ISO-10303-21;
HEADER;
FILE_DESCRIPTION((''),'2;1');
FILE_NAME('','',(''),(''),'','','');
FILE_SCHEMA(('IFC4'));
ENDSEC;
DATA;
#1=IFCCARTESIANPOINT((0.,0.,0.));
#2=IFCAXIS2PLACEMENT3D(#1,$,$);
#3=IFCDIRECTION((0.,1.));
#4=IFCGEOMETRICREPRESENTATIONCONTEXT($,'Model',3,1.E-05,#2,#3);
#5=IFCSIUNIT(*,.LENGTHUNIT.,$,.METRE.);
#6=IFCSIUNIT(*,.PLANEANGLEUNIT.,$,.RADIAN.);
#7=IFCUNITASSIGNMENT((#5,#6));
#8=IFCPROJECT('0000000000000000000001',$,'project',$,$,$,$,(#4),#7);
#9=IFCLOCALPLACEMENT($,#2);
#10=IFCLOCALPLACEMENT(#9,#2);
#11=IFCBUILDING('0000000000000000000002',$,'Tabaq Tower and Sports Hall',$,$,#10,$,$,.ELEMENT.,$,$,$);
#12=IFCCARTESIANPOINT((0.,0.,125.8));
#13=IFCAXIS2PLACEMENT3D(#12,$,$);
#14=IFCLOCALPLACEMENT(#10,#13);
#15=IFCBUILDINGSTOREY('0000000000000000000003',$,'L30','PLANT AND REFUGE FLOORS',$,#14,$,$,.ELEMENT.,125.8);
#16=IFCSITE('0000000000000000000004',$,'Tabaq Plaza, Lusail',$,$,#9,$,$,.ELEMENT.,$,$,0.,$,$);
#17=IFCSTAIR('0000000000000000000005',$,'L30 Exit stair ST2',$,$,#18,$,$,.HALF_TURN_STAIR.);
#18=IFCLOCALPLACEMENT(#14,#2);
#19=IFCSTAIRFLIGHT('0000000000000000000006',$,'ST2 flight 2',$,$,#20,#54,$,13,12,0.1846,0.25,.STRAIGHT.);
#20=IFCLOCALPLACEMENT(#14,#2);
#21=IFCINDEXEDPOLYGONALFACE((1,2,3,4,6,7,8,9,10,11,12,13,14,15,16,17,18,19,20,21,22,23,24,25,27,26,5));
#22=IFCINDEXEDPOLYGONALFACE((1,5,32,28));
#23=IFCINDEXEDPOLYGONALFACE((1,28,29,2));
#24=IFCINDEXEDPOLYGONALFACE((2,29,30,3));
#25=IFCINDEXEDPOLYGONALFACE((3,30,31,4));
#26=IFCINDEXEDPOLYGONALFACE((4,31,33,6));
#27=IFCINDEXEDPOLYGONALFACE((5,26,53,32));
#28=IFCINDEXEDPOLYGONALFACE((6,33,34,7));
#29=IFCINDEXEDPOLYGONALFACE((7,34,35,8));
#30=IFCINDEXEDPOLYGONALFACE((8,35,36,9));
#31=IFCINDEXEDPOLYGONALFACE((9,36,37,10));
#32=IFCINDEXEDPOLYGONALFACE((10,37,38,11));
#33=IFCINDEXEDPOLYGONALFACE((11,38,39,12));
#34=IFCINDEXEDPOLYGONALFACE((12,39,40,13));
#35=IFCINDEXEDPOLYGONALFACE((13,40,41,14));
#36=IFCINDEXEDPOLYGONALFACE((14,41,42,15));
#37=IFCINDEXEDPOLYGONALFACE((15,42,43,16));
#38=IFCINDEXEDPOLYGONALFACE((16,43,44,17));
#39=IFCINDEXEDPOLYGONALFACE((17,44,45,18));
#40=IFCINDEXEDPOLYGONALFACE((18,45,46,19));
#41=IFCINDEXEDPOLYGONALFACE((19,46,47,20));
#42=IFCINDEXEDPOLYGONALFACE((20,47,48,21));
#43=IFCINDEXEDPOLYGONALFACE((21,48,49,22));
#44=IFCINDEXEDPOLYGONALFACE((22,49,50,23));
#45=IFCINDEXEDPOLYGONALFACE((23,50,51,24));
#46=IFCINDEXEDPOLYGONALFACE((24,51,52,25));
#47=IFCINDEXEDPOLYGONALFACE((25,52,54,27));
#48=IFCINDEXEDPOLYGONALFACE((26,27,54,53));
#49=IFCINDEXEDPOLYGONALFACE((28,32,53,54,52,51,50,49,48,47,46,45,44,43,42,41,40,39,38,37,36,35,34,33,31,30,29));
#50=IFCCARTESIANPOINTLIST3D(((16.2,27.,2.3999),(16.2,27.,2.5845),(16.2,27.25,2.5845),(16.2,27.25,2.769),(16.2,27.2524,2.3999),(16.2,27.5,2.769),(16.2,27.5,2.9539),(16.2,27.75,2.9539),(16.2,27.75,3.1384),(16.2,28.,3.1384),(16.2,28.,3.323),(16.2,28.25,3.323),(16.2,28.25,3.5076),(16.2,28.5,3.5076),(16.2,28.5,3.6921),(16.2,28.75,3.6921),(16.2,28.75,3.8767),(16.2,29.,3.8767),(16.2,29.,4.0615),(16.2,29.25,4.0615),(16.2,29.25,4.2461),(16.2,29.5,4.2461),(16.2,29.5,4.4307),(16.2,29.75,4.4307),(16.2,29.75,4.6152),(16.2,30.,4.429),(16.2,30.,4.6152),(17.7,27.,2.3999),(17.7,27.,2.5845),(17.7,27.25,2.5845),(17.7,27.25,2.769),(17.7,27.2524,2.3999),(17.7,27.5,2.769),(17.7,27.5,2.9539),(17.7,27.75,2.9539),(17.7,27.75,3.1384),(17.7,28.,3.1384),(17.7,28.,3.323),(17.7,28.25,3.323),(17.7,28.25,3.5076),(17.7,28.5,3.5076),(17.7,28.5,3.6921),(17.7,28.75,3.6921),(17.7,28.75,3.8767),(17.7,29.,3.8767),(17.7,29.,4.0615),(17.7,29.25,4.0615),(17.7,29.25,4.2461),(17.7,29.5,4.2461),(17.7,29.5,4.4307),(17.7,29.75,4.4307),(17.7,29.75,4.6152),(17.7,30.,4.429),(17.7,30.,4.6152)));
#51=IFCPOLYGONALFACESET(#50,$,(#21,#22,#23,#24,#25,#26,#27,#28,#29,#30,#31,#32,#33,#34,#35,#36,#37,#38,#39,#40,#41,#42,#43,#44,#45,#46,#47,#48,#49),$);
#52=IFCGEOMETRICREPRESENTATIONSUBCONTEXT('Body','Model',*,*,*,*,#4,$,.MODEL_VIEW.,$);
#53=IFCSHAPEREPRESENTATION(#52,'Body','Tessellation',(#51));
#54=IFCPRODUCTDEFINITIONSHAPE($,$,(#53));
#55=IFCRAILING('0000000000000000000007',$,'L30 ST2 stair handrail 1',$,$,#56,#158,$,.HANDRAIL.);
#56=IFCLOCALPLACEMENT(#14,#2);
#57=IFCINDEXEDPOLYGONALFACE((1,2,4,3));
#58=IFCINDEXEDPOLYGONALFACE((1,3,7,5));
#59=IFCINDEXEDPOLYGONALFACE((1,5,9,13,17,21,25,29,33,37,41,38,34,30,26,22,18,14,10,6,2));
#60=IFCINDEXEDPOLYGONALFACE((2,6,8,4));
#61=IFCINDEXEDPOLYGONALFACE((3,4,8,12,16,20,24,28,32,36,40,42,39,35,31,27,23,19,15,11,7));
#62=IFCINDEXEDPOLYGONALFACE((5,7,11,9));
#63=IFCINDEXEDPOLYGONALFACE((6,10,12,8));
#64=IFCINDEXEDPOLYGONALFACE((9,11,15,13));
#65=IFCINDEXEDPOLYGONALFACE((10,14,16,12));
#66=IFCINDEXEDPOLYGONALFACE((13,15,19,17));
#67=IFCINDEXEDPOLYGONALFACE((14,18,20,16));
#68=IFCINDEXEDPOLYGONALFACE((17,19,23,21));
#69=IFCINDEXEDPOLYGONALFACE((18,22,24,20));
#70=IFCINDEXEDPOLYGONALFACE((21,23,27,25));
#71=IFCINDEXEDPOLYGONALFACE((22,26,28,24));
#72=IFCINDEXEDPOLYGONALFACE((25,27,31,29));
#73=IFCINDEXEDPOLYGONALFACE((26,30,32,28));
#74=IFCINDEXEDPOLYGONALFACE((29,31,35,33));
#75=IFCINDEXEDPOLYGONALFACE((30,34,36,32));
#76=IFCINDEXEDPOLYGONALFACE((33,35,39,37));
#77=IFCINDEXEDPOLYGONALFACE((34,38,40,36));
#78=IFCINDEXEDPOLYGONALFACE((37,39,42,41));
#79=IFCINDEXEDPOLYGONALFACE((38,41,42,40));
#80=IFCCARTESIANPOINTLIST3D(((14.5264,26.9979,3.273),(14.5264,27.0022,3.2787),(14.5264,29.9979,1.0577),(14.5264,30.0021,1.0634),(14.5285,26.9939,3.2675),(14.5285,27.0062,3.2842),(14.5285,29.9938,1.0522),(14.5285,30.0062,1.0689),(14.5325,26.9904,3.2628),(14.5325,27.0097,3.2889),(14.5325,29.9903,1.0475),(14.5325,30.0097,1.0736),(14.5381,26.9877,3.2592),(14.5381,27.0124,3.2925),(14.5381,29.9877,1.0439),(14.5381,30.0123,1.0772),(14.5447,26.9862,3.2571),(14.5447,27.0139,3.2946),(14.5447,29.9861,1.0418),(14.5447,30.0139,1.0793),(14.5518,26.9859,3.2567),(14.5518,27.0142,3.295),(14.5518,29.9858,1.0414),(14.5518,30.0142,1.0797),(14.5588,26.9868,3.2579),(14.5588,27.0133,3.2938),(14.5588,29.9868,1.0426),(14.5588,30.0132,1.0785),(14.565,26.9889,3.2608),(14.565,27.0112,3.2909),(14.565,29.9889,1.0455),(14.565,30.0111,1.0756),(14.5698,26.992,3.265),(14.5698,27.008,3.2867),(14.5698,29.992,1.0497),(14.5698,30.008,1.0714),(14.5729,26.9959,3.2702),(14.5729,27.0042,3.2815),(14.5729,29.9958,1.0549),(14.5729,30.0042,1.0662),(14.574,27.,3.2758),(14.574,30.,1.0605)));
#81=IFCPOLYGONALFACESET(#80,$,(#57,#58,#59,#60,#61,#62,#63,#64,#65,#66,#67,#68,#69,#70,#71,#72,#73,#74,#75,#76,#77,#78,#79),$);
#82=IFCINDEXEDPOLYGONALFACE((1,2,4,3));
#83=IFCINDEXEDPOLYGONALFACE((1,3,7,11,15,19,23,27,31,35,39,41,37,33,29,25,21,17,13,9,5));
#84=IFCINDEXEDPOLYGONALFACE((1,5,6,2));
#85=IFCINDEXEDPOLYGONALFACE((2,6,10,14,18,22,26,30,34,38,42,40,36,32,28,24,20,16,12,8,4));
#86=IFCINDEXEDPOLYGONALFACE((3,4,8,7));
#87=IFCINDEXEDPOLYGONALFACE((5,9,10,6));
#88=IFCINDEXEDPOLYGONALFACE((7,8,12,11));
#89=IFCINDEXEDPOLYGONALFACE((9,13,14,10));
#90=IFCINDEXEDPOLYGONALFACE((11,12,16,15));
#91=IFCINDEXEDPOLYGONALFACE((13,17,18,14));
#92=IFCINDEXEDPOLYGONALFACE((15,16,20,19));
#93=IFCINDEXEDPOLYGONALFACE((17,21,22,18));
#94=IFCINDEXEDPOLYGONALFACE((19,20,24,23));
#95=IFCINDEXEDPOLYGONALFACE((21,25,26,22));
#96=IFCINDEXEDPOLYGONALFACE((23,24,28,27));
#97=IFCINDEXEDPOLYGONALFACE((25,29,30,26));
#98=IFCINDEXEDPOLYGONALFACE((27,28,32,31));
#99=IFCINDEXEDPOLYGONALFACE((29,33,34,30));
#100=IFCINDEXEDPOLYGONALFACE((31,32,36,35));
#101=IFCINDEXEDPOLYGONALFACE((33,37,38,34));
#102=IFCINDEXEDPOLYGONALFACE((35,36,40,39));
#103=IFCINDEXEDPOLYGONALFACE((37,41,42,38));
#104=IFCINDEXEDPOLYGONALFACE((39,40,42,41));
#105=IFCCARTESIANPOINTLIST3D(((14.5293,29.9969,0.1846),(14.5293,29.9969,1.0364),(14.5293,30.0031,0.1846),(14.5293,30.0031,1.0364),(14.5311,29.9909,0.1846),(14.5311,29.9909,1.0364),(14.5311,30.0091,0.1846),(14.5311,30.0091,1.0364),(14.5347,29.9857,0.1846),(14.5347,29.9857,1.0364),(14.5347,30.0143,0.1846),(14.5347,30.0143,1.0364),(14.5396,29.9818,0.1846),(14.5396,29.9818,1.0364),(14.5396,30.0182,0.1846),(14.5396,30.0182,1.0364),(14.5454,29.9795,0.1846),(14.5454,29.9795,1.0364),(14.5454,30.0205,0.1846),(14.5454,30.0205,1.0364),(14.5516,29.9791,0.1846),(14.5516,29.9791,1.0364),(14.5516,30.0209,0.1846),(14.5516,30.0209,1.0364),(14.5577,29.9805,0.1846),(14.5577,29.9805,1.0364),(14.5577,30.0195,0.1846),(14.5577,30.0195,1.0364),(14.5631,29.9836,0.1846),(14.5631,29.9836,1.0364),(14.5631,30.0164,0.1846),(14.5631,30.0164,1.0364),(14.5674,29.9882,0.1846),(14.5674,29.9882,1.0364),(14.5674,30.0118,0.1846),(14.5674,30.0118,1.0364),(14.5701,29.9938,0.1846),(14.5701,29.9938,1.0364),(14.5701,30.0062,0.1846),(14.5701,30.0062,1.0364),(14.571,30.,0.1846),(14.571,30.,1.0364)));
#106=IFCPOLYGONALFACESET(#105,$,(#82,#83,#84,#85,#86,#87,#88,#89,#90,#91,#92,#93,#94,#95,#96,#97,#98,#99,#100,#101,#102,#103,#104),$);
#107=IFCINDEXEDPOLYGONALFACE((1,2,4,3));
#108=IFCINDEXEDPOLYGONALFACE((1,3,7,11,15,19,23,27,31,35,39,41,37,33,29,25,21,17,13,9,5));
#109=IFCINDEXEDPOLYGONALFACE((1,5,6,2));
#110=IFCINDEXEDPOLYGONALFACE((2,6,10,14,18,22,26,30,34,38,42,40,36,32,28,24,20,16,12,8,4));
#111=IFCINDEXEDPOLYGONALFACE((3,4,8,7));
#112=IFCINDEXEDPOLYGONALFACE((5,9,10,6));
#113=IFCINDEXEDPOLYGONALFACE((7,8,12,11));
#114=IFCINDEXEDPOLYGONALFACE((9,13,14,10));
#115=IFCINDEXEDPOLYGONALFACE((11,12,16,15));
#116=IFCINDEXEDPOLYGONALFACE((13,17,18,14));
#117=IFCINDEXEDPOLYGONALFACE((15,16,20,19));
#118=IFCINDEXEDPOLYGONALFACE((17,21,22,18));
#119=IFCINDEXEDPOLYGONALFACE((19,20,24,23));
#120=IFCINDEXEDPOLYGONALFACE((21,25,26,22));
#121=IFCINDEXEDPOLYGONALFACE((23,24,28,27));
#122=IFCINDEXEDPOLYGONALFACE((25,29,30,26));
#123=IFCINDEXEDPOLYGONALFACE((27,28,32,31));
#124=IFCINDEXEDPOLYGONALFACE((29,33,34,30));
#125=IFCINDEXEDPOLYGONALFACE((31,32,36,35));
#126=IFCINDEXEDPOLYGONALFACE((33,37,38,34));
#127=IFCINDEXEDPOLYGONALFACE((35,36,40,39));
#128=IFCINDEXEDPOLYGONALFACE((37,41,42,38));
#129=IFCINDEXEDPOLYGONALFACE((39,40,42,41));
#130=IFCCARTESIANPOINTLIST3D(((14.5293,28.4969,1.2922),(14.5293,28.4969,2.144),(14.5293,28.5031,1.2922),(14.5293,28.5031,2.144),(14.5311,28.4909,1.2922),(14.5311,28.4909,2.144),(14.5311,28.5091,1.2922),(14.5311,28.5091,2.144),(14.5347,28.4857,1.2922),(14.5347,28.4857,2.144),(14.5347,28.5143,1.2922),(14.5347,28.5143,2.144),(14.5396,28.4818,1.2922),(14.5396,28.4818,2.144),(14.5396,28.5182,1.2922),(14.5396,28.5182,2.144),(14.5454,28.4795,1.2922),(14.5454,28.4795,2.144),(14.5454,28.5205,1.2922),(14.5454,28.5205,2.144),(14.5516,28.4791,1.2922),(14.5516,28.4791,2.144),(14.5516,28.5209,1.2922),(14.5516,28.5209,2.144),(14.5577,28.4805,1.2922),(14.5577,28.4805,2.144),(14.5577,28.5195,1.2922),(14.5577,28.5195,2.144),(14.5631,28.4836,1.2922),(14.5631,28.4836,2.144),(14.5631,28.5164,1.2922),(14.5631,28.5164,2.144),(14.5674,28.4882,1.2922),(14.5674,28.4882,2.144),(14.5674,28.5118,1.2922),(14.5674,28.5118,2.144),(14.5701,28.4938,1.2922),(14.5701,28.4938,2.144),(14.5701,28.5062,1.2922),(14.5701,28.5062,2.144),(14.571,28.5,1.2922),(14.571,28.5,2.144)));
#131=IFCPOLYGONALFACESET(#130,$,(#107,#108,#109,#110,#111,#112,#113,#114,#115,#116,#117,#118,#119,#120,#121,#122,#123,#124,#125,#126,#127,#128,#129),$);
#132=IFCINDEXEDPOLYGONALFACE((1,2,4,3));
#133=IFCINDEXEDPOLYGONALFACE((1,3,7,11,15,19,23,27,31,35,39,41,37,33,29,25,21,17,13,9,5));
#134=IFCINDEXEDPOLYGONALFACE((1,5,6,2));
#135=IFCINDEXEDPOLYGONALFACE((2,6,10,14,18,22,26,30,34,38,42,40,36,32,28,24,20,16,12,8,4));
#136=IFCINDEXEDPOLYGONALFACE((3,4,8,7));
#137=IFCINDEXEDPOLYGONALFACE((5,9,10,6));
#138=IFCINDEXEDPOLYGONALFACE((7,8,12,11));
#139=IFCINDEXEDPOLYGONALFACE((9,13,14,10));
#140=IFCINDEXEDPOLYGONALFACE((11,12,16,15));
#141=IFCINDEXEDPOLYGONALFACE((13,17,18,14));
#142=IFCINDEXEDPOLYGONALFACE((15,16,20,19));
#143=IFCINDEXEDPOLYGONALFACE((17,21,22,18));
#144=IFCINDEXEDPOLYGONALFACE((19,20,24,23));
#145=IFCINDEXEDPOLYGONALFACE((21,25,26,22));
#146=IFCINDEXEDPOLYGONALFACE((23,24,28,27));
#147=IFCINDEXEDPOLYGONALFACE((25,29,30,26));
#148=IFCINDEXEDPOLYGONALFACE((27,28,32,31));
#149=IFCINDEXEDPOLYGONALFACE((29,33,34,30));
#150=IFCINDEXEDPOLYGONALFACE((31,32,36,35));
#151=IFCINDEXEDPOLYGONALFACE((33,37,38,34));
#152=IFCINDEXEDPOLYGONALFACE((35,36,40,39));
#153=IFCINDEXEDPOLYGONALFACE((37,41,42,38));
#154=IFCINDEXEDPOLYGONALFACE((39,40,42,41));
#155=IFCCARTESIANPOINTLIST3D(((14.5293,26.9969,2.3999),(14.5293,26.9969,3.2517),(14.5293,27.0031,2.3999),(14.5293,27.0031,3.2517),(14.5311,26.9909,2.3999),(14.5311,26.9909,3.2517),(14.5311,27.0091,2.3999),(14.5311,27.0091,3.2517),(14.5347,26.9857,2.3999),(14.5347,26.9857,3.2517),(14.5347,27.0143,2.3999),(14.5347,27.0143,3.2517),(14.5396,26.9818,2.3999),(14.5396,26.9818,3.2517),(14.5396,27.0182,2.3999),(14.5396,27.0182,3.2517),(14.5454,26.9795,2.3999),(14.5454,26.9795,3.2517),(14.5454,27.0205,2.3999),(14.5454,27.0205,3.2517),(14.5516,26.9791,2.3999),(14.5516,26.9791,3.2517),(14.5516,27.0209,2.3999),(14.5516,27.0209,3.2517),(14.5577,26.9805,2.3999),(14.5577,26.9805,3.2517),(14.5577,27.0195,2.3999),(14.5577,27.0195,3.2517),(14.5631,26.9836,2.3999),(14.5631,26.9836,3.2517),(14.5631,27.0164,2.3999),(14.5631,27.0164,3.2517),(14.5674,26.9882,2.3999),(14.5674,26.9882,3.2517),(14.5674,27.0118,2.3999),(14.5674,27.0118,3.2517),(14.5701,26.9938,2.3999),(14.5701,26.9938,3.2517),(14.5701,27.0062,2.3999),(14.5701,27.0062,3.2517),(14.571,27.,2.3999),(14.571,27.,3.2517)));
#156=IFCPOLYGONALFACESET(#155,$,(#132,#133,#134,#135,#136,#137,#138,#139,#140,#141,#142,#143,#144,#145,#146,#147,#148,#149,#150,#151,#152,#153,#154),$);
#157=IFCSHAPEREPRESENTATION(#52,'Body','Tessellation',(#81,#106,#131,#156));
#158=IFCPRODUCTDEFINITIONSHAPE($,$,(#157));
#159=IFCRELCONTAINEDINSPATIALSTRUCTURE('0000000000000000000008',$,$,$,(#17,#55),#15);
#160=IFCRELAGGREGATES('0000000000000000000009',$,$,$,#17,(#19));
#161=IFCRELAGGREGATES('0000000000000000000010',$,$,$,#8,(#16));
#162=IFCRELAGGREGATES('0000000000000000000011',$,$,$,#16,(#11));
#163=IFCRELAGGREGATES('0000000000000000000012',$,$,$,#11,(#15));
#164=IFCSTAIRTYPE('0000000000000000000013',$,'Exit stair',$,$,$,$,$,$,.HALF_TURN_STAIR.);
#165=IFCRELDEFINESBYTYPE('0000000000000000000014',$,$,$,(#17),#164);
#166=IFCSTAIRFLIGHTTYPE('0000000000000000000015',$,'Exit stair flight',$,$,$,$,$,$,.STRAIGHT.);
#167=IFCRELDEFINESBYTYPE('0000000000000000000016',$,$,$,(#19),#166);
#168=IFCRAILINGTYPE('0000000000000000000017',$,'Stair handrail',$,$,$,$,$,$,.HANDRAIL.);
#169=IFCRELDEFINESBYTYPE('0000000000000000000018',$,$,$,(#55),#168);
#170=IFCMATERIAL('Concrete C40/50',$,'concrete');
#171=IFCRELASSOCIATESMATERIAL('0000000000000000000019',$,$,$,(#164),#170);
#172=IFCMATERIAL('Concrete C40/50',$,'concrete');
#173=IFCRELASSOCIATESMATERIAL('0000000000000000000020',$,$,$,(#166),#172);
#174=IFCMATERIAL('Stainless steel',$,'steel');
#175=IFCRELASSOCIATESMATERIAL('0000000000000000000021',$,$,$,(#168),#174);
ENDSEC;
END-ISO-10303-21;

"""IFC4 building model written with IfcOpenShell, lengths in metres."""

from ifc_helpers import new_model, si_unit, direction, frame, origin, origin_2d, place, context, subcontext, project, spatial, polyline, circle, outline, extrude, material, type_object, element, aggregate, save


model = new_model("IFC4")

# Units and contexts
model_context = context("Model", 3, precision=1e-05, world=origin(), true_north=direction((0.0, 1.0)))
body_context = subcontext(model_context, "Body", "Model", "MODEL_VIEW")
ifc_project = project(units=[si_unit("LENGTHUNIT", "METRE"), si_unit("PLANEANGLEUNIT", "RADIAN")], contexts=[model_context])

# Site, building, storey
site_placement = place(None, origin())
site = spatial("IfcSite", under=ifc_project, at=site_placement, Name="Tabaq Plaza, Lusail", CompositionType="ELEMENT", RefElevation=0.0)
building_placement = place(site_placement, origin())
building = spatial("IfcBuilding", under=site, at=building_placement, Name="Tabaq Tower and Sports Hall", CompositionType="ELEMENT")
storey_placement = place(building_placement, frame((0.0, 0.0, 125.8)))
storey = spatial("IfcBuildingStorey", under=building, at=storey_placement, Name="L30", Description="PLANT AND REFUGE FLOORS", CompositionType="ELEMENT", Elevation=125.8)

# Stair, stair flight
ifc_material_1 = material(Name="Concrete C40/50", Category="concrete")
stair_type = type_object("IfcStairType", Name="Exit stair", PredefinedType="HALF_TURN_STAIR", material=ifc_material_1)
stair_placement = place(storey_placement, origin())
stair = element("IfcStair", 1, at=stair_placement, inside=storey, type_object=stair_type, Name="L30 Exit stair ST2", PredefinedType="HALF_TURN_STAIR")
ifc_material_2 = material(Name="Concrete C40/50", Category="concrete")
stair_flight_type = type_object("IfcStairFlightType", Name="Exit stair flight", PredefinedType="STRAIGHT", material=ifc_material_2)
stair_flight_1_placement = place(storey_placement, frame((16.95, 27.0, 2.3999), z_axis=(0.0, 0.0, 1.0), x_axis=(0.0, 1.0, 0.0)))
stair_flight_1 = element("IfcStairFlight", 2, at=stair_flight_1_placement, type_object=stair_flight_type, Name="ST2 flight 2", NumberOfRisers=13, NumberOfTreads=12, PredefinedType="STRAIGHT", RiserHeight=0.1846, TreadLength=0.25, context=body_context, shape_type="SweptSolid", body=[
    extrude(outline(polyline([(0.0, 0.0), (0.0, 0.1846), (0.25, 0.1846), (0.25, 0.3691), (0.5, 0.3691), (0.5, 0.554), (0.75, 0.554), (0.75, 0.7385), (1.0, 0.7385), (1.0, 0.9231), (1.25, 0.9231), (1.25, 1.1077), (1.5, 1.1077), (1.5, 1.2922), (1.75, 1.2922), (1.75, 1.4768), (2.0, 1.4768), (2.0, 1.6616), (2.25, 1.6616), (2.25, 1.8462), (2.5, 1.8462), (2.5, 2.0308), (2.75, 2.0308), (2.75, 2.2153), (3.0, 2.2153), (3.0, 2.3999), (3.0, 2.0291), (0.2524, 0.0), (0.0, 0.0)])), frame((0.0, 0.75, 0.0), z_axis=(0.0, -1.0, 0.0), x_axis=(1.0, 0.0, 0.0)), (0.0, 0.0, 1.0), 1.5),
])
aggregate(stair, [stair_flight_1])

# Railing
ifc_material_3 = material(Name="Stainless steel", Category="steel")
railing_type_1 = type_object("IfcRailingType", Name="Stair handrail", PredefinedType="HANDRAIL", material=ifc_material_3)
railing_1_placement = place(storey_placement, frame((14.55, 30.0, 0.1846)))
element("IfcRailing", 3, at=railing_1_placement, inside=storey, type_object=railing_type_1, Name="L30 ST2 stair handrail 1", PredefinedType="HANDRAIL", context=body_context, shape_type="SweptSolid", body=[
    extrude(circle(Radius=0.0239, at=origin_2d()), frame((0.0, 0.0, 0.876), z_axis=(0.0, -0.80444, 0.594034), x_axis=(1.0, 0.0, 0.0)), (0.0, 0.0, 1.0), 3.7292),
    extrude(circle(Radius=0.021, at=origin_2d()), origin(), (0.0, 0.0, 1.0), 0.8518),
    extrude(circle(Radius=0.021, at=origin_2d()), frame((0.0, -1.5, 1.1077)), (0.0, 0.0, 1.0), 0.8518),
    extrude(circle(Radius=0.021, at=origin_2d()), frame((0.0, -3.0, 2.2153)), (0.0, 0.0, 1.0), 0.8518),
])

save(model, "model.ifc")
